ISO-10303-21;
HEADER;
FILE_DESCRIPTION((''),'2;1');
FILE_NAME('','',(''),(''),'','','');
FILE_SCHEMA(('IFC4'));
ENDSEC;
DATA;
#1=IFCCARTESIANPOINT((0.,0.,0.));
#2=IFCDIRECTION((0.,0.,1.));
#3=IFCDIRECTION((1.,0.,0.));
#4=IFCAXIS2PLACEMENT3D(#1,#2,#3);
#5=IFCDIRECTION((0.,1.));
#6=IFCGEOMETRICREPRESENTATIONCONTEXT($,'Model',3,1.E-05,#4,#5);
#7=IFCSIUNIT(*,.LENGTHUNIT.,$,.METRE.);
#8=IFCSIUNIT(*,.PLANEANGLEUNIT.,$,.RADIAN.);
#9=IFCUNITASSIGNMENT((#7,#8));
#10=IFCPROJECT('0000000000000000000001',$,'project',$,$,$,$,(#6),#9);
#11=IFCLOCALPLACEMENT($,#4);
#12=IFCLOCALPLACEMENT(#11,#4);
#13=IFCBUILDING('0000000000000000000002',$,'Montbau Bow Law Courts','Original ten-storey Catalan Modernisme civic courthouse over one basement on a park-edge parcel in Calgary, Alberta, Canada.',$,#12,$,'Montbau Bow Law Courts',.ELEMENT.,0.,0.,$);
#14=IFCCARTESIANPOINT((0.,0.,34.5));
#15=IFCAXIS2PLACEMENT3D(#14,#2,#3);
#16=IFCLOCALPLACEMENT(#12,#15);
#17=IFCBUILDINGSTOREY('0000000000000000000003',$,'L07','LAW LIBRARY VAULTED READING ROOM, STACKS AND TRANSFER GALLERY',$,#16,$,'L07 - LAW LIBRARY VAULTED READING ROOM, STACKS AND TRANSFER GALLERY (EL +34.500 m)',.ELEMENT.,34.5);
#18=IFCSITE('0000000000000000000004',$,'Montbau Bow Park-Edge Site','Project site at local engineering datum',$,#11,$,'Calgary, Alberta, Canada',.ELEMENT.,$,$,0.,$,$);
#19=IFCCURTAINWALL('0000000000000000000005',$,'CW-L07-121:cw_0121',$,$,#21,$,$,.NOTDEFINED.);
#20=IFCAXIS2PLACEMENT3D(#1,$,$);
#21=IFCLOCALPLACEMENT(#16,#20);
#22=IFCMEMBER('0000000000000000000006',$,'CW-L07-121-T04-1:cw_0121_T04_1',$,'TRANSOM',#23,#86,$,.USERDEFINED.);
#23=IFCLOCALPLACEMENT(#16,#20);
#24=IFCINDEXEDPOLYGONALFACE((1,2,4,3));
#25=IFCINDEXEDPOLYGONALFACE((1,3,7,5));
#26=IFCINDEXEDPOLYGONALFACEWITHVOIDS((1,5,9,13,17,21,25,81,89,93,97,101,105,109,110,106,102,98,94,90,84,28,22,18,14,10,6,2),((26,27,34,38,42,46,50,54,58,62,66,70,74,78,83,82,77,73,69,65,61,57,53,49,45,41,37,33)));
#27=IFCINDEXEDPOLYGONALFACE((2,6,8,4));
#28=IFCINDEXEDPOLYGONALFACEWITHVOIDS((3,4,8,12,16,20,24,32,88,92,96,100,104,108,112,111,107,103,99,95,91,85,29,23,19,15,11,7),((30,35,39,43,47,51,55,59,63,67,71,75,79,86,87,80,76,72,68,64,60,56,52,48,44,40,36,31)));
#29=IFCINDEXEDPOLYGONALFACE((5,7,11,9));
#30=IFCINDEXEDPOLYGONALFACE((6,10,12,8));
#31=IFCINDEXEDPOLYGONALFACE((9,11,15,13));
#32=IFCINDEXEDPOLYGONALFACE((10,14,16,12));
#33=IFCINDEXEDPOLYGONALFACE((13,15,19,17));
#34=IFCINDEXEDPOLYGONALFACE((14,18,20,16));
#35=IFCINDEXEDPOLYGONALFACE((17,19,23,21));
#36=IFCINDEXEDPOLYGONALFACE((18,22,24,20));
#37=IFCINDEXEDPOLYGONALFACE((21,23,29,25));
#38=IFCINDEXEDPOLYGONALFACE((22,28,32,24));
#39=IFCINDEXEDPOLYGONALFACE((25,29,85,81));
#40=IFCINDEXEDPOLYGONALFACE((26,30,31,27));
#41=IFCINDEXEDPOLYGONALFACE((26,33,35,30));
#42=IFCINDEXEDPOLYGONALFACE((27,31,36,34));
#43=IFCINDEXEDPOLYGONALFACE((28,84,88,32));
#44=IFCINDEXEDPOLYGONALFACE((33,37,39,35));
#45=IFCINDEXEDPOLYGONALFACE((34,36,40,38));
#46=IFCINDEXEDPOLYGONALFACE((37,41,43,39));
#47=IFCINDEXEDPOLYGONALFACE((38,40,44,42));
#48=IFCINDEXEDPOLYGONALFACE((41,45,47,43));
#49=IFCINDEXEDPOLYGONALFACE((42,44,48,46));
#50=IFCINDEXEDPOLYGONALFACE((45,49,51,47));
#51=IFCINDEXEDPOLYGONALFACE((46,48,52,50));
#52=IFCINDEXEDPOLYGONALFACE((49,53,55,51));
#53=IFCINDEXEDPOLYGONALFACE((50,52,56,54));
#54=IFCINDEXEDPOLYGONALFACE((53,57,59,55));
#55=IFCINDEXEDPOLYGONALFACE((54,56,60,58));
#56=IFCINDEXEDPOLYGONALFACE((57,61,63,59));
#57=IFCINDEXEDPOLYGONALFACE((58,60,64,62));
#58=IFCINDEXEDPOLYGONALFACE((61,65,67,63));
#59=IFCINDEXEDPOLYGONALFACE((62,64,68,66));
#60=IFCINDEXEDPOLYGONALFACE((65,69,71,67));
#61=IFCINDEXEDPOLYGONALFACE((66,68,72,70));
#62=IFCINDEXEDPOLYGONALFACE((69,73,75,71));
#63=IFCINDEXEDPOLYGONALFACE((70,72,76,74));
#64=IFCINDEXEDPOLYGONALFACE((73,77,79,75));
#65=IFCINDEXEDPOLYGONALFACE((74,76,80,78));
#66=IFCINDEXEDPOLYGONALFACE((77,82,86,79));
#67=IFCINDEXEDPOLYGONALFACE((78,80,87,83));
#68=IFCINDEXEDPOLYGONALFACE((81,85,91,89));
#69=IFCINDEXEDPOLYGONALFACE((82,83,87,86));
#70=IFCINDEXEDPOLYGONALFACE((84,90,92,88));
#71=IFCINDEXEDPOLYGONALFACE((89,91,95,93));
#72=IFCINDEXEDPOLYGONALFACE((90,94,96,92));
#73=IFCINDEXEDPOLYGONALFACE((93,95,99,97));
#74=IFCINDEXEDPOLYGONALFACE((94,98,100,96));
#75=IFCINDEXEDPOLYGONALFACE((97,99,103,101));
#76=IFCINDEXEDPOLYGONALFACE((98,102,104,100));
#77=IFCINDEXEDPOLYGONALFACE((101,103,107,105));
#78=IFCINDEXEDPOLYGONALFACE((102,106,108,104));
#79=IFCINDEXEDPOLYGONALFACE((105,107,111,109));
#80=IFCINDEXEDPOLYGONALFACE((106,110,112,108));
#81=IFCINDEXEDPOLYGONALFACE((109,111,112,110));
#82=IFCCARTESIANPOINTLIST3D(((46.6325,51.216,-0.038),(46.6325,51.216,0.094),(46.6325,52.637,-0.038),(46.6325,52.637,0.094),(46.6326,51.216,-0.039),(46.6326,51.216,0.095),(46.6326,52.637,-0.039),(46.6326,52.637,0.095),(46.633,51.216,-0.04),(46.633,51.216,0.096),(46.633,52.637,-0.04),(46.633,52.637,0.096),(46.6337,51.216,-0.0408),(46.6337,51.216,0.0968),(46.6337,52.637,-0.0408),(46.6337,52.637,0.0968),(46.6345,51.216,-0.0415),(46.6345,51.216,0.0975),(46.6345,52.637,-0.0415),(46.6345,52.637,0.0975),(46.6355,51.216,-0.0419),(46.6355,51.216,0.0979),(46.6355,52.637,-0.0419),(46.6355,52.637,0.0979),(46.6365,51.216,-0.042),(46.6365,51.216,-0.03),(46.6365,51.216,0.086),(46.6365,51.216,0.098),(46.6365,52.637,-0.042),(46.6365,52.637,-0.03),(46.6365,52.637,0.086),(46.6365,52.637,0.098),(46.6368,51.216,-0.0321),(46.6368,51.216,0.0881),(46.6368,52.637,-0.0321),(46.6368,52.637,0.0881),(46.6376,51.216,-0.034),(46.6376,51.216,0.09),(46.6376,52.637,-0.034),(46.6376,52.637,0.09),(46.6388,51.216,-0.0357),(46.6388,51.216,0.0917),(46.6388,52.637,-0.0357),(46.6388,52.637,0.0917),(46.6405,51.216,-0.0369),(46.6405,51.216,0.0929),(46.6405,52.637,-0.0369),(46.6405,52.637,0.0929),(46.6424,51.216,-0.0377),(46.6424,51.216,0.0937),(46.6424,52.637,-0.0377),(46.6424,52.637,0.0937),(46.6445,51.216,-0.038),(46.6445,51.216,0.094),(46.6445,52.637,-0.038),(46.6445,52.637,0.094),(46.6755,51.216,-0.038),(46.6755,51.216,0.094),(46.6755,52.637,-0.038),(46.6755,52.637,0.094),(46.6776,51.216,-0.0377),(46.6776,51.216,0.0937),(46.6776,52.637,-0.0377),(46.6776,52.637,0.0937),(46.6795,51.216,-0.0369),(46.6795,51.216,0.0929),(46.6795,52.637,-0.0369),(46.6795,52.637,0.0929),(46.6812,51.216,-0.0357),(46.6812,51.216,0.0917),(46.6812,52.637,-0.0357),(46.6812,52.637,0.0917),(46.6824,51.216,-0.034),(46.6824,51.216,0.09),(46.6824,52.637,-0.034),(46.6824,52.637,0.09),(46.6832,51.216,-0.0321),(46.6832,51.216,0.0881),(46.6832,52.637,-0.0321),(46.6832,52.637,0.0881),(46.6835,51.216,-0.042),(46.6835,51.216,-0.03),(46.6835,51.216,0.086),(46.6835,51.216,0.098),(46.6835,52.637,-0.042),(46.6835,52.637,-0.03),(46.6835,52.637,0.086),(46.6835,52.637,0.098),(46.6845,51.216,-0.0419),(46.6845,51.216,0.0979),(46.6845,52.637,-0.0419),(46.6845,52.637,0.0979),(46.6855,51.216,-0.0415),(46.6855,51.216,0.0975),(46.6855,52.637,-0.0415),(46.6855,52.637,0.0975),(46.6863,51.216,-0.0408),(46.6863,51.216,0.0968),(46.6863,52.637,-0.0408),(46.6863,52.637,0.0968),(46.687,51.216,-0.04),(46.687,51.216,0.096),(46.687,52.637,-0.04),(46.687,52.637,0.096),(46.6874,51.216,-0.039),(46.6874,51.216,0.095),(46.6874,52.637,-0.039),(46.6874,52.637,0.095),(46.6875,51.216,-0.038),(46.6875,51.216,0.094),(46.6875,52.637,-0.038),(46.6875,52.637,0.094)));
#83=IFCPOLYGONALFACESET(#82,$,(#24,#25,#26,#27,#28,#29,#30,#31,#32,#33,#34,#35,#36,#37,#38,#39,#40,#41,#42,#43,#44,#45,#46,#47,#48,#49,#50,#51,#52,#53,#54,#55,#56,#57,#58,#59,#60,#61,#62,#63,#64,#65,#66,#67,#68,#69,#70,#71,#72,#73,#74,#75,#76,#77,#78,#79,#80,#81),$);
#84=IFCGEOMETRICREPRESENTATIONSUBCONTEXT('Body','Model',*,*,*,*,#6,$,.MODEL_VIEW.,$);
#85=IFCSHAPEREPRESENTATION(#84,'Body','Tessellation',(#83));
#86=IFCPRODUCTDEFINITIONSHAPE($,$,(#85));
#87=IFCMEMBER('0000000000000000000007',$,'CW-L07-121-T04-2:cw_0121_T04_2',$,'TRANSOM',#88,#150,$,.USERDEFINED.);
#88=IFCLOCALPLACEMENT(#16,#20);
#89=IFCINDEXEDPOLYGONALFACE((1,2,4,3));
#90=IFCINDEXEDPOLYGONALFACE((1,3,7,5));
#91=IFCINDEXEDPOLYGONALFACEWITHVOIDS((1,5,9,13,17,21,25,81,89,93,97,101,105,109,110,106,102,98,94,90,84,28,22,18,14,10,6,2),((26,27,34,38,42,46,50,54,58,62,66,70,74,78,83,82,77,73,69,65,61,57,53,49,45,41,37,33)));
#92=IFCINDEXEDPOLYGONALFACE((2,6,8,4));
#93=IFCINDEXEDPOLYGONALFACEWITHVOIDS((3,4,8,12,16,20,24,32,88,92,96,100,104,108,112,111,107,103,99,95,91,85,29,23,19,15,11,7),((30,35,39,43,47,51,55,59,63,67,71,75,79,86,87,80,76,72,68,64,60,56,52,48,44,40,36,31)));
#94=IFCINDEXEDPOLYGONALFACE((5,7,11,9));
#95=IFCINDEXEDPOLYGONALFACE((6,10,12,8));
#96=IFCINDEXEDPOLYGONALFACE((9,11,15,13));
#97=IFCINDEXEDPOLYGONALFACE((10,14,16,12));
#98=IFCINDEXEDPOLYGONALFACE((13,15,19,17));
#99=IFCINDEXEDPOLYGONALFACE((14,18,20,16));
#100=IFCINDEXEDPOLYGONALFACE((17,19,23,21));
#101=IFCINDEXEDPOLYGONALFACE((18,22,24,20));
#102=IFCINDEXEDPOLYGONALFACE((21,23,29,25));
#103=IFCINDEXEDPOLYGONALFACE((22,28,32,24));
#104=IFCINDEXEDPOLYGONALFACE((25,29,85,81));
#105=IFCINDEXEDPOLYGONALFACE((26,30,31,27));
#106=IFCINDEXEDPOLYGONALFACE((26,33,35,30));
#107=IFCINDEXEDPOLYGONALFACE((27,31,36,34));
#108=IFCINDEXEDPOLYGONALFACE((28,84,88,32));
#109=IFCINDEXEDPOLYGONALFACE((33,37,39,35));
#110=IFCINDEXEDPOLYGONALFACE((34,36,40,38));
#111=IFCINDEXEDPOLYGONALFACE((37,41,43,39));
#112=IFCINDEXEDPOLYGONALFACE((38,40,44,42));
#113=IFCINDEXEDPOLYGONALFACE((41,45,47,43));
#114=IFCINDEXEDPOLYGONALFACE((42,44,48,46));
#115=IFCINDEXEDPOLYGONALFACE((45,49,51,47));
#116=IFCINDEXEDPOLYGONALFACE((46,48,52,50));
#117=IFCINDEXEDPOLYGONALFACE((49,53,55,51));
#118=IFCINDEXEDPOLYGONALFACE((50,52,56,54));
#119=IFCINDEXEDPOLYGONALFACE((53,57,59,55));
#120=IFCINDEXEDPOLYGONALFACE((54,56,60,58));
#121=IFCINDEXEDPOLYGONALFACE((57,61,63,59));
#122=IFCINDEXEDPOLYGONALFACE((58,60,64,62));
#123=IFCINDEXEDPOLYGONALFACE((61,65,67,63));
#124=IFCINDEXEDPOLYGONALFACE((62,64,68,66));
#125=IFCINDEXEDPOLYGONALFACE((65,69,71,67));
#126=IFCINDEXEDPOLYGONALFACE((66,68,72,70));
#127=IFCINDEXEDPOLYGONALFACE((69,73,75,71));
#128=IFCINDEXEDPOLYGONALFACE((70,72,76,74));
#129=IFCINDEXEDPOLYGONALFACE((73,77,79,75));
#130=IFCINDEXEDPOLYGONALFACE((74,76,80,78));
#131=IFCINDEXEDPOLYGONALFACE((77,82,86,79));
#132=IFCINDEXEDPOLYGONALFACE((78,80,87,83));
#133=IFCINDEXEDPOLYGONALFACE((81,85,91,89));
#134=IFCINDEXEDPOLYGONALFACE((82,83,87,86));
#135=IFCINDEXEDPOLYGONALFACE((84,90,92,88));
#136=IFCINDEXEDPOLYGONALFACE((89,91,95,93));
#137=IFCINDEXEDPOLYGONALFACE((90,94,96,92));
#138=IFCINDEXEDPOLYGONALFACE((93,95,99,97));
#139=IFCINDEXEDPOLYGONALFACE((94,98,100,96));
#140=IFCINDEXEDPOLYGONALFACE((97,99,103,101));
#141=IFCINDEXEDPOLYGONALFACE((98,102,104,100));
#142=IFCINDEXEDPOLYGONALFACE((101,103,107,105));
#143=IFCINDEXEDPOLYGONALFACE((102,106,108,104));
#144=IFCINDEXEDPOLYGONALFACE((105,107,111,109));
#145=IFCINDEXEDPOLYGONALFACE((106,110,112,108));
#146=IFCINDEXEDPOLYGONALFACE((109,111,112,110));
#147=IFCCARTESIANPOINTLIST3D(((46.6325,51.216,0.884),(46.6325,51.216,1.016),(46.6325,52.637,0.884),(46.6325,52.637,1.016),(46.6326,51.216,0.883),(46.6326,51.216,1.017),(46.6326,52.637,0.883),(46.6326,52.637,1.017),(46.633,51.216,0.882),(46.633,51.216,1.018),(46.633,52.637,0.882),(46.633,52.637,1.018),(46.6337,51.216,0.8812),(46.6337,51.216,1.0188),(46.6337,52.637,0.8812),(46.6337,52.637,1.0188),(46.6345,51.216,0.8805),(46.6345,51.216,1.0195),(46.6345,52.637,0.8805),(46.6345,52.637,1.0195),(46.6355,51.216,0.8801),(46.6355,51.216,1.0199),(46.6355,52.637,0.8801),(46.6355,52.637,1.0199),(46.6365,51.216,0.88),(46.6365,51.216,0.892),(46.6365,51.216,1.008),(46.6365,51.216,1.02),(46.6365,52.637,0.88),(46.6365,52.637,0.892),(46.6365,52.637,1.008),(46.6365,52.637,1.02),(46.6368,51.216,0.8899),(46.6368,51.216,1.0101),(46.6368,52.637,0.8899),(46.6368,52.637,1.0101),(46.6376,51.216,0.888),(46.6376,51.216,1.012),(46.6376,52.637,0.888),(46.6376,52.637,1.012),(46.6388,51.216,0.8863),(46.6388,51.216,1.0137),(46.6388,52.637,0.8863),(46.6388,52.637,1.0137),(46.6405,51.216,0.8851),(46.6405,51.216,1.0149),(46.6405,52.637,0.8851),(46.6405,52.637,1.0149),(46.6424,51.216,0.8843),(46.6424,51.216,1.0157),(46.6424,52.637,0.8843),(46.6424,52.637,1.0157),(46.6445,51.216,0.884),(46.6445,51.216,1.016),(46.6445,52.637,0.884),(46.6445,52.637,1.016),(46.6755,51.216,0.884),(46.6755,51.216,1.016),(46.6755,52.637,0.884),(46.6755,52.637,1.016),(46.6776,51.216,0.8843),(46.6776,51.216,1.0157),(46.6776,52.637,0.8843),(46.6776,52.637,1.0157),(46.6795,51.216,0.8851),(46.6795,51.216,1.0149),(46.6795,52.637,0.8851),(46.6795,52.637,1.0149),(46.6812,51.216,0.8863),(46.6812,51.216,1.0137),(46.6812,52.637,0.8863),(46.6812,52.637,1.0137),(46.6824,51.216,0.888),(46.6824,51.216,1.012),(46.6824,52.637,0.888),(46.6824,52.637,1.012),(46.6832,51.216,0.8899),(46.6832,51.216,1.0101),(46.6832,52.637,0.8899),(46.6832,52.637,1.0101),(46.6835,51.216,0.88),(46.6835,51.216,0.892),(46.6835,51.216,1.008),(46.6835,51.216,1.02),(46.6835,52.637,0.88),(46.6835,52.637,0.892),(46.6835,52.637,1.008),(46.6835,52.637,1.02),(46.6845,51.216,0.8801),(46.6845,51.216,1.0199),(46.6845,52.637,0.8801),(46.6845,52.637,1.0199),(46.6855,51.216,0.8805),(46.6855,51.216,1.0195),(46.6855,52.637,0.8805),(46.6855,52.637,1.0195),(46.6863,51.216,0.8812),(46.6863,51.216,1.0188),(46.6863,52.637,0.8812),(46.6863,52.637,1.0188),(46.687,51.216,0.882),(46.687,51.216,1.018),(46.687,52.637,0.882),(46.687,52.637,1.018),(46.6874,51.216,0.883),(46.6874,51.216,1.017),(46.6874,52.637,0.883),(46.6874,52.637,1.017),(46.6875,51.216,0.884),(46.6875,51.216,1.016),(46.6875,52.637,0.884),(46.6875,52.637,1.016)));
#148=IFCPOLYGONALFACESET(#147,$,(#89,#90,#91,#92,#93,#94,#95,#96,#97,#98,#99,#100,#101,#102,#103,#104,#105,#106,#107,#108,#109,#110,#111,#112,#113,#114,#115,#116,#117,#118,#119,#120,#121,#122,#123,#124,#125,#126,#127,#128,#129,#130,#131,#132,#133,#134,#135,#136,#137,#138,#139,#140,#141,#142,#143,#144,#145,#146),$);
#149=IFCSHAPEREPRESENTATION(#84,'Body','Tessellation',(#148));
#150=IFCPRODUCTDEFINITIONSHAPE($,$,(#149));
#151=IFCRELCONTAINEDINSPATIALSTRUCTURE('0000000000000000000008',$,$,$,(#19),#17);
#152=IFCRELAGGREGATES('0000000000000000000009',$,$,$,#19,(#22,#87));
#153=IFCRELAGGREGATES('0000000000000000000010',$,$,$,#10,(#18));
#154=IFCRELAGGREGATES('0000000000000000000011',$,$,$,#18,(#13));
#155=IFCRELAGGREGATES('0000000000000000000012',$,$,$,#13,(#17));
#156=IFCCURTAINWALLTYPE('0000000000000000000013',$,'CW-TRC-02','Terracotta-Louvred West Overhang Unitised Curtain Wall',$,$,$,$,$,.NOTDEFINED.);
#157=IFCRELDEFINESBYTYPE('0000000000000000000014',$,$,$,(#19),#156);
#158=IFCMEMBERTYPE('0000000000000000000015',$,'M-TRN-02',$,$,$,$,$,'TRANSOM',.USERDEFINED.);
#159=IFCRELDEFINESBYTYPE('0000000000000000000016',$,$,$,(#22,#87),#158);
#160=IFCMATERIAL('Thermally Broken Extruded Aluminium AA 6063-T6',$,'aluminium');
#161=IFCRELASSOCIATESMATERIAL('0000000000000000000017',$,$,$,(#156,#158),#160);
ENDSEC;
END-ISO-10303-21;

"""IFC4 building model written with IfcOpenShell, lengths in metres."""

from ifc_helpers import new_model, si_unit, direction, frame, origin_with_axes, origin_2d_with_axis, place, context, subcontext, project, spatial, hollow_rectangle, extrude, material, material_profile, profile_set, type_object, element, aggregate, save


model = new_model("IFC4")

# Units and contexts
model_context = context("Model", 3, precision=1e-05, world=origin_with_axes(), true_north=direction((0.0, 1.0)))
body_context = subcontext(model_context, "Body", "Model", "MODEL_VIEW")
ifc_project = project(units=[si_unit("LENGTHUNIT", "METRE"), si_unit("PLANEANGLEUNIT", "RADIAN")], contexts=[model_context])

# Site, building, storey
site_placement = place(None, origin_with_axes())
site = spatial("IfcSite", under=ifc_project, at=site_placement, Name="Montbau Bow Park-Edge Site", Description="Project site at local engineering datum", LongName="Calgary, Alberta, Canada", CompositionType="ELEMENT", RefElevation=0.0)
building_placement = place(site_placement, origin_with_axes())
building = spatial("IfcBuilding", under=site, at=building_placement, Name="Montbau Bow Law Courts", Description="Original ten-storey Catalan Modernisme civic courthouse over one basement on a park-edge parcel in Calgary, Alberta, Canada.", LongName="Montbau Bow Law Courts", CompositionType="ELEMENT", ElevationOfRefHeight=0.0, ElevationOfTerrain=0.0)
storey_placement = place(building_placement, frame((0.0, 0.0, 34.5), z_axis=(0.0, 0.0, 1.0), x_axis=(1.0, 0.0, 0.0)))
storey = spatial("IfcBuildingStorey", under=building, at=storey_placement, Name="L07", Description="LAW LIBRARY VAULTED READING ROOM, STACKS AND TRANSFER GALLERY", LongName="L07 - LAW LIBRARY VAULTED READING ROOM, STACKS AND TRANSFER GALLERY (EL +34.500 m)", CompositionType="ELEMENT", Elevation=34.5)

# Curtain wall
ifc_material_1 = material(Name="Thermally Broken Extruded Aluminium AA 6063-T6", Category="aluminium")
curtain_wall_type = type_object("IfcCurtainWallType", Name="CW-TRC-02", Description="Terracotta-Louvred West Overhang Unitised Curtain Wall", PredefinedType="NOTDEFINED", material=ifc_material_1)
curtain_wall_1_placement = place(None, frame((46.66, 46.715, 34.5), z_axis=(0.0, 0.0, 1.0), x_axis=(1.0, 0.0, 0.0)))
curtain_wall_1 = element("IfcCurtainWall", 1, at=curtain_wall_1_placement, inside=storey, type_object=curtain_wall_type, Name="CW-L07-121:cw_0121", PredefinedType="NOTDEFINED")

# Members
ifc_material_profile_1 = material_profile(ifc_material_1, hollow_rectangle(XDim=0.055, YDim=0.14, WallThickness=0.004, InnerFilletRadius=0.008, OuterFilletRadius=0.004, at=origin_2d_with_axis()), Name="CWT-140X55", Category="Main", Priority=0)
ifc_profile_set_1 = profile_set([ifc_material_profile_1], Name="Thermally Broken Extruded Aluminium AA 6063-T6")
member_type_1 = type_object("IfcMemberType", Name="M-TRN-02", ElementType="TRANSOM", PredefinedType="USERDEFINED", material=ifc_profile_set_1)
member_1_placement = place(None, frame((46.66, 51.216, 34.528), z_axis=(0.0, 1.0, 0.0), x_axis=(-1.0, 0.0, 0.0)))
member_1 = element("IfcMember", 2, at=member_1_placement, type_object=member_type_1, Name="CW-L07-121-T04-1:cw_0121_T04_1", ObjectType="TRANSOM", PredefinedType="USERDEFINED", context=body_context, shape_type="SweptSolid", body=[
    extrude(hollow_rectangle(XDim=0.055, YDim=0.14, WallThickness=0.004, InnerFilletRadius=0.008, OuterFilletRadius=0.004, at=origin_2d_with_axis()), origin_with_axes(), (0.0, 0.0, 1.0), 1.421),
])
member_2_placement = place(None, frame((46.66, 51.216, 35.45), z_axis=(0.0, 1.0, 0.0), x_axis=(-1.0, 0.0, 0.0)))
member_2 = element("IfcMember", 3, at=member_2_placement, type_object=member_type_1, Name="CW-L07-121-T04-2:cw_0121_T04_2", ObjectType="TRANSOM", PredefinedType="USERDEFINED", context=body_context, shape_type="SweptSolid", body=[
    extrude(hollow_rectangle(XDim=0.055, YDim=0.14, WallThickness=0.004, InnerFilletRadius=0.008, OuterFilletRadius=0.004, at=origin_2d_with_axis()), origin_with_axes(), (0.0, 0.0, 1.0), 1.421),
])

aggregate(curtain_wall_1, [member_1, member_2])

save(model, "model.ifc")
